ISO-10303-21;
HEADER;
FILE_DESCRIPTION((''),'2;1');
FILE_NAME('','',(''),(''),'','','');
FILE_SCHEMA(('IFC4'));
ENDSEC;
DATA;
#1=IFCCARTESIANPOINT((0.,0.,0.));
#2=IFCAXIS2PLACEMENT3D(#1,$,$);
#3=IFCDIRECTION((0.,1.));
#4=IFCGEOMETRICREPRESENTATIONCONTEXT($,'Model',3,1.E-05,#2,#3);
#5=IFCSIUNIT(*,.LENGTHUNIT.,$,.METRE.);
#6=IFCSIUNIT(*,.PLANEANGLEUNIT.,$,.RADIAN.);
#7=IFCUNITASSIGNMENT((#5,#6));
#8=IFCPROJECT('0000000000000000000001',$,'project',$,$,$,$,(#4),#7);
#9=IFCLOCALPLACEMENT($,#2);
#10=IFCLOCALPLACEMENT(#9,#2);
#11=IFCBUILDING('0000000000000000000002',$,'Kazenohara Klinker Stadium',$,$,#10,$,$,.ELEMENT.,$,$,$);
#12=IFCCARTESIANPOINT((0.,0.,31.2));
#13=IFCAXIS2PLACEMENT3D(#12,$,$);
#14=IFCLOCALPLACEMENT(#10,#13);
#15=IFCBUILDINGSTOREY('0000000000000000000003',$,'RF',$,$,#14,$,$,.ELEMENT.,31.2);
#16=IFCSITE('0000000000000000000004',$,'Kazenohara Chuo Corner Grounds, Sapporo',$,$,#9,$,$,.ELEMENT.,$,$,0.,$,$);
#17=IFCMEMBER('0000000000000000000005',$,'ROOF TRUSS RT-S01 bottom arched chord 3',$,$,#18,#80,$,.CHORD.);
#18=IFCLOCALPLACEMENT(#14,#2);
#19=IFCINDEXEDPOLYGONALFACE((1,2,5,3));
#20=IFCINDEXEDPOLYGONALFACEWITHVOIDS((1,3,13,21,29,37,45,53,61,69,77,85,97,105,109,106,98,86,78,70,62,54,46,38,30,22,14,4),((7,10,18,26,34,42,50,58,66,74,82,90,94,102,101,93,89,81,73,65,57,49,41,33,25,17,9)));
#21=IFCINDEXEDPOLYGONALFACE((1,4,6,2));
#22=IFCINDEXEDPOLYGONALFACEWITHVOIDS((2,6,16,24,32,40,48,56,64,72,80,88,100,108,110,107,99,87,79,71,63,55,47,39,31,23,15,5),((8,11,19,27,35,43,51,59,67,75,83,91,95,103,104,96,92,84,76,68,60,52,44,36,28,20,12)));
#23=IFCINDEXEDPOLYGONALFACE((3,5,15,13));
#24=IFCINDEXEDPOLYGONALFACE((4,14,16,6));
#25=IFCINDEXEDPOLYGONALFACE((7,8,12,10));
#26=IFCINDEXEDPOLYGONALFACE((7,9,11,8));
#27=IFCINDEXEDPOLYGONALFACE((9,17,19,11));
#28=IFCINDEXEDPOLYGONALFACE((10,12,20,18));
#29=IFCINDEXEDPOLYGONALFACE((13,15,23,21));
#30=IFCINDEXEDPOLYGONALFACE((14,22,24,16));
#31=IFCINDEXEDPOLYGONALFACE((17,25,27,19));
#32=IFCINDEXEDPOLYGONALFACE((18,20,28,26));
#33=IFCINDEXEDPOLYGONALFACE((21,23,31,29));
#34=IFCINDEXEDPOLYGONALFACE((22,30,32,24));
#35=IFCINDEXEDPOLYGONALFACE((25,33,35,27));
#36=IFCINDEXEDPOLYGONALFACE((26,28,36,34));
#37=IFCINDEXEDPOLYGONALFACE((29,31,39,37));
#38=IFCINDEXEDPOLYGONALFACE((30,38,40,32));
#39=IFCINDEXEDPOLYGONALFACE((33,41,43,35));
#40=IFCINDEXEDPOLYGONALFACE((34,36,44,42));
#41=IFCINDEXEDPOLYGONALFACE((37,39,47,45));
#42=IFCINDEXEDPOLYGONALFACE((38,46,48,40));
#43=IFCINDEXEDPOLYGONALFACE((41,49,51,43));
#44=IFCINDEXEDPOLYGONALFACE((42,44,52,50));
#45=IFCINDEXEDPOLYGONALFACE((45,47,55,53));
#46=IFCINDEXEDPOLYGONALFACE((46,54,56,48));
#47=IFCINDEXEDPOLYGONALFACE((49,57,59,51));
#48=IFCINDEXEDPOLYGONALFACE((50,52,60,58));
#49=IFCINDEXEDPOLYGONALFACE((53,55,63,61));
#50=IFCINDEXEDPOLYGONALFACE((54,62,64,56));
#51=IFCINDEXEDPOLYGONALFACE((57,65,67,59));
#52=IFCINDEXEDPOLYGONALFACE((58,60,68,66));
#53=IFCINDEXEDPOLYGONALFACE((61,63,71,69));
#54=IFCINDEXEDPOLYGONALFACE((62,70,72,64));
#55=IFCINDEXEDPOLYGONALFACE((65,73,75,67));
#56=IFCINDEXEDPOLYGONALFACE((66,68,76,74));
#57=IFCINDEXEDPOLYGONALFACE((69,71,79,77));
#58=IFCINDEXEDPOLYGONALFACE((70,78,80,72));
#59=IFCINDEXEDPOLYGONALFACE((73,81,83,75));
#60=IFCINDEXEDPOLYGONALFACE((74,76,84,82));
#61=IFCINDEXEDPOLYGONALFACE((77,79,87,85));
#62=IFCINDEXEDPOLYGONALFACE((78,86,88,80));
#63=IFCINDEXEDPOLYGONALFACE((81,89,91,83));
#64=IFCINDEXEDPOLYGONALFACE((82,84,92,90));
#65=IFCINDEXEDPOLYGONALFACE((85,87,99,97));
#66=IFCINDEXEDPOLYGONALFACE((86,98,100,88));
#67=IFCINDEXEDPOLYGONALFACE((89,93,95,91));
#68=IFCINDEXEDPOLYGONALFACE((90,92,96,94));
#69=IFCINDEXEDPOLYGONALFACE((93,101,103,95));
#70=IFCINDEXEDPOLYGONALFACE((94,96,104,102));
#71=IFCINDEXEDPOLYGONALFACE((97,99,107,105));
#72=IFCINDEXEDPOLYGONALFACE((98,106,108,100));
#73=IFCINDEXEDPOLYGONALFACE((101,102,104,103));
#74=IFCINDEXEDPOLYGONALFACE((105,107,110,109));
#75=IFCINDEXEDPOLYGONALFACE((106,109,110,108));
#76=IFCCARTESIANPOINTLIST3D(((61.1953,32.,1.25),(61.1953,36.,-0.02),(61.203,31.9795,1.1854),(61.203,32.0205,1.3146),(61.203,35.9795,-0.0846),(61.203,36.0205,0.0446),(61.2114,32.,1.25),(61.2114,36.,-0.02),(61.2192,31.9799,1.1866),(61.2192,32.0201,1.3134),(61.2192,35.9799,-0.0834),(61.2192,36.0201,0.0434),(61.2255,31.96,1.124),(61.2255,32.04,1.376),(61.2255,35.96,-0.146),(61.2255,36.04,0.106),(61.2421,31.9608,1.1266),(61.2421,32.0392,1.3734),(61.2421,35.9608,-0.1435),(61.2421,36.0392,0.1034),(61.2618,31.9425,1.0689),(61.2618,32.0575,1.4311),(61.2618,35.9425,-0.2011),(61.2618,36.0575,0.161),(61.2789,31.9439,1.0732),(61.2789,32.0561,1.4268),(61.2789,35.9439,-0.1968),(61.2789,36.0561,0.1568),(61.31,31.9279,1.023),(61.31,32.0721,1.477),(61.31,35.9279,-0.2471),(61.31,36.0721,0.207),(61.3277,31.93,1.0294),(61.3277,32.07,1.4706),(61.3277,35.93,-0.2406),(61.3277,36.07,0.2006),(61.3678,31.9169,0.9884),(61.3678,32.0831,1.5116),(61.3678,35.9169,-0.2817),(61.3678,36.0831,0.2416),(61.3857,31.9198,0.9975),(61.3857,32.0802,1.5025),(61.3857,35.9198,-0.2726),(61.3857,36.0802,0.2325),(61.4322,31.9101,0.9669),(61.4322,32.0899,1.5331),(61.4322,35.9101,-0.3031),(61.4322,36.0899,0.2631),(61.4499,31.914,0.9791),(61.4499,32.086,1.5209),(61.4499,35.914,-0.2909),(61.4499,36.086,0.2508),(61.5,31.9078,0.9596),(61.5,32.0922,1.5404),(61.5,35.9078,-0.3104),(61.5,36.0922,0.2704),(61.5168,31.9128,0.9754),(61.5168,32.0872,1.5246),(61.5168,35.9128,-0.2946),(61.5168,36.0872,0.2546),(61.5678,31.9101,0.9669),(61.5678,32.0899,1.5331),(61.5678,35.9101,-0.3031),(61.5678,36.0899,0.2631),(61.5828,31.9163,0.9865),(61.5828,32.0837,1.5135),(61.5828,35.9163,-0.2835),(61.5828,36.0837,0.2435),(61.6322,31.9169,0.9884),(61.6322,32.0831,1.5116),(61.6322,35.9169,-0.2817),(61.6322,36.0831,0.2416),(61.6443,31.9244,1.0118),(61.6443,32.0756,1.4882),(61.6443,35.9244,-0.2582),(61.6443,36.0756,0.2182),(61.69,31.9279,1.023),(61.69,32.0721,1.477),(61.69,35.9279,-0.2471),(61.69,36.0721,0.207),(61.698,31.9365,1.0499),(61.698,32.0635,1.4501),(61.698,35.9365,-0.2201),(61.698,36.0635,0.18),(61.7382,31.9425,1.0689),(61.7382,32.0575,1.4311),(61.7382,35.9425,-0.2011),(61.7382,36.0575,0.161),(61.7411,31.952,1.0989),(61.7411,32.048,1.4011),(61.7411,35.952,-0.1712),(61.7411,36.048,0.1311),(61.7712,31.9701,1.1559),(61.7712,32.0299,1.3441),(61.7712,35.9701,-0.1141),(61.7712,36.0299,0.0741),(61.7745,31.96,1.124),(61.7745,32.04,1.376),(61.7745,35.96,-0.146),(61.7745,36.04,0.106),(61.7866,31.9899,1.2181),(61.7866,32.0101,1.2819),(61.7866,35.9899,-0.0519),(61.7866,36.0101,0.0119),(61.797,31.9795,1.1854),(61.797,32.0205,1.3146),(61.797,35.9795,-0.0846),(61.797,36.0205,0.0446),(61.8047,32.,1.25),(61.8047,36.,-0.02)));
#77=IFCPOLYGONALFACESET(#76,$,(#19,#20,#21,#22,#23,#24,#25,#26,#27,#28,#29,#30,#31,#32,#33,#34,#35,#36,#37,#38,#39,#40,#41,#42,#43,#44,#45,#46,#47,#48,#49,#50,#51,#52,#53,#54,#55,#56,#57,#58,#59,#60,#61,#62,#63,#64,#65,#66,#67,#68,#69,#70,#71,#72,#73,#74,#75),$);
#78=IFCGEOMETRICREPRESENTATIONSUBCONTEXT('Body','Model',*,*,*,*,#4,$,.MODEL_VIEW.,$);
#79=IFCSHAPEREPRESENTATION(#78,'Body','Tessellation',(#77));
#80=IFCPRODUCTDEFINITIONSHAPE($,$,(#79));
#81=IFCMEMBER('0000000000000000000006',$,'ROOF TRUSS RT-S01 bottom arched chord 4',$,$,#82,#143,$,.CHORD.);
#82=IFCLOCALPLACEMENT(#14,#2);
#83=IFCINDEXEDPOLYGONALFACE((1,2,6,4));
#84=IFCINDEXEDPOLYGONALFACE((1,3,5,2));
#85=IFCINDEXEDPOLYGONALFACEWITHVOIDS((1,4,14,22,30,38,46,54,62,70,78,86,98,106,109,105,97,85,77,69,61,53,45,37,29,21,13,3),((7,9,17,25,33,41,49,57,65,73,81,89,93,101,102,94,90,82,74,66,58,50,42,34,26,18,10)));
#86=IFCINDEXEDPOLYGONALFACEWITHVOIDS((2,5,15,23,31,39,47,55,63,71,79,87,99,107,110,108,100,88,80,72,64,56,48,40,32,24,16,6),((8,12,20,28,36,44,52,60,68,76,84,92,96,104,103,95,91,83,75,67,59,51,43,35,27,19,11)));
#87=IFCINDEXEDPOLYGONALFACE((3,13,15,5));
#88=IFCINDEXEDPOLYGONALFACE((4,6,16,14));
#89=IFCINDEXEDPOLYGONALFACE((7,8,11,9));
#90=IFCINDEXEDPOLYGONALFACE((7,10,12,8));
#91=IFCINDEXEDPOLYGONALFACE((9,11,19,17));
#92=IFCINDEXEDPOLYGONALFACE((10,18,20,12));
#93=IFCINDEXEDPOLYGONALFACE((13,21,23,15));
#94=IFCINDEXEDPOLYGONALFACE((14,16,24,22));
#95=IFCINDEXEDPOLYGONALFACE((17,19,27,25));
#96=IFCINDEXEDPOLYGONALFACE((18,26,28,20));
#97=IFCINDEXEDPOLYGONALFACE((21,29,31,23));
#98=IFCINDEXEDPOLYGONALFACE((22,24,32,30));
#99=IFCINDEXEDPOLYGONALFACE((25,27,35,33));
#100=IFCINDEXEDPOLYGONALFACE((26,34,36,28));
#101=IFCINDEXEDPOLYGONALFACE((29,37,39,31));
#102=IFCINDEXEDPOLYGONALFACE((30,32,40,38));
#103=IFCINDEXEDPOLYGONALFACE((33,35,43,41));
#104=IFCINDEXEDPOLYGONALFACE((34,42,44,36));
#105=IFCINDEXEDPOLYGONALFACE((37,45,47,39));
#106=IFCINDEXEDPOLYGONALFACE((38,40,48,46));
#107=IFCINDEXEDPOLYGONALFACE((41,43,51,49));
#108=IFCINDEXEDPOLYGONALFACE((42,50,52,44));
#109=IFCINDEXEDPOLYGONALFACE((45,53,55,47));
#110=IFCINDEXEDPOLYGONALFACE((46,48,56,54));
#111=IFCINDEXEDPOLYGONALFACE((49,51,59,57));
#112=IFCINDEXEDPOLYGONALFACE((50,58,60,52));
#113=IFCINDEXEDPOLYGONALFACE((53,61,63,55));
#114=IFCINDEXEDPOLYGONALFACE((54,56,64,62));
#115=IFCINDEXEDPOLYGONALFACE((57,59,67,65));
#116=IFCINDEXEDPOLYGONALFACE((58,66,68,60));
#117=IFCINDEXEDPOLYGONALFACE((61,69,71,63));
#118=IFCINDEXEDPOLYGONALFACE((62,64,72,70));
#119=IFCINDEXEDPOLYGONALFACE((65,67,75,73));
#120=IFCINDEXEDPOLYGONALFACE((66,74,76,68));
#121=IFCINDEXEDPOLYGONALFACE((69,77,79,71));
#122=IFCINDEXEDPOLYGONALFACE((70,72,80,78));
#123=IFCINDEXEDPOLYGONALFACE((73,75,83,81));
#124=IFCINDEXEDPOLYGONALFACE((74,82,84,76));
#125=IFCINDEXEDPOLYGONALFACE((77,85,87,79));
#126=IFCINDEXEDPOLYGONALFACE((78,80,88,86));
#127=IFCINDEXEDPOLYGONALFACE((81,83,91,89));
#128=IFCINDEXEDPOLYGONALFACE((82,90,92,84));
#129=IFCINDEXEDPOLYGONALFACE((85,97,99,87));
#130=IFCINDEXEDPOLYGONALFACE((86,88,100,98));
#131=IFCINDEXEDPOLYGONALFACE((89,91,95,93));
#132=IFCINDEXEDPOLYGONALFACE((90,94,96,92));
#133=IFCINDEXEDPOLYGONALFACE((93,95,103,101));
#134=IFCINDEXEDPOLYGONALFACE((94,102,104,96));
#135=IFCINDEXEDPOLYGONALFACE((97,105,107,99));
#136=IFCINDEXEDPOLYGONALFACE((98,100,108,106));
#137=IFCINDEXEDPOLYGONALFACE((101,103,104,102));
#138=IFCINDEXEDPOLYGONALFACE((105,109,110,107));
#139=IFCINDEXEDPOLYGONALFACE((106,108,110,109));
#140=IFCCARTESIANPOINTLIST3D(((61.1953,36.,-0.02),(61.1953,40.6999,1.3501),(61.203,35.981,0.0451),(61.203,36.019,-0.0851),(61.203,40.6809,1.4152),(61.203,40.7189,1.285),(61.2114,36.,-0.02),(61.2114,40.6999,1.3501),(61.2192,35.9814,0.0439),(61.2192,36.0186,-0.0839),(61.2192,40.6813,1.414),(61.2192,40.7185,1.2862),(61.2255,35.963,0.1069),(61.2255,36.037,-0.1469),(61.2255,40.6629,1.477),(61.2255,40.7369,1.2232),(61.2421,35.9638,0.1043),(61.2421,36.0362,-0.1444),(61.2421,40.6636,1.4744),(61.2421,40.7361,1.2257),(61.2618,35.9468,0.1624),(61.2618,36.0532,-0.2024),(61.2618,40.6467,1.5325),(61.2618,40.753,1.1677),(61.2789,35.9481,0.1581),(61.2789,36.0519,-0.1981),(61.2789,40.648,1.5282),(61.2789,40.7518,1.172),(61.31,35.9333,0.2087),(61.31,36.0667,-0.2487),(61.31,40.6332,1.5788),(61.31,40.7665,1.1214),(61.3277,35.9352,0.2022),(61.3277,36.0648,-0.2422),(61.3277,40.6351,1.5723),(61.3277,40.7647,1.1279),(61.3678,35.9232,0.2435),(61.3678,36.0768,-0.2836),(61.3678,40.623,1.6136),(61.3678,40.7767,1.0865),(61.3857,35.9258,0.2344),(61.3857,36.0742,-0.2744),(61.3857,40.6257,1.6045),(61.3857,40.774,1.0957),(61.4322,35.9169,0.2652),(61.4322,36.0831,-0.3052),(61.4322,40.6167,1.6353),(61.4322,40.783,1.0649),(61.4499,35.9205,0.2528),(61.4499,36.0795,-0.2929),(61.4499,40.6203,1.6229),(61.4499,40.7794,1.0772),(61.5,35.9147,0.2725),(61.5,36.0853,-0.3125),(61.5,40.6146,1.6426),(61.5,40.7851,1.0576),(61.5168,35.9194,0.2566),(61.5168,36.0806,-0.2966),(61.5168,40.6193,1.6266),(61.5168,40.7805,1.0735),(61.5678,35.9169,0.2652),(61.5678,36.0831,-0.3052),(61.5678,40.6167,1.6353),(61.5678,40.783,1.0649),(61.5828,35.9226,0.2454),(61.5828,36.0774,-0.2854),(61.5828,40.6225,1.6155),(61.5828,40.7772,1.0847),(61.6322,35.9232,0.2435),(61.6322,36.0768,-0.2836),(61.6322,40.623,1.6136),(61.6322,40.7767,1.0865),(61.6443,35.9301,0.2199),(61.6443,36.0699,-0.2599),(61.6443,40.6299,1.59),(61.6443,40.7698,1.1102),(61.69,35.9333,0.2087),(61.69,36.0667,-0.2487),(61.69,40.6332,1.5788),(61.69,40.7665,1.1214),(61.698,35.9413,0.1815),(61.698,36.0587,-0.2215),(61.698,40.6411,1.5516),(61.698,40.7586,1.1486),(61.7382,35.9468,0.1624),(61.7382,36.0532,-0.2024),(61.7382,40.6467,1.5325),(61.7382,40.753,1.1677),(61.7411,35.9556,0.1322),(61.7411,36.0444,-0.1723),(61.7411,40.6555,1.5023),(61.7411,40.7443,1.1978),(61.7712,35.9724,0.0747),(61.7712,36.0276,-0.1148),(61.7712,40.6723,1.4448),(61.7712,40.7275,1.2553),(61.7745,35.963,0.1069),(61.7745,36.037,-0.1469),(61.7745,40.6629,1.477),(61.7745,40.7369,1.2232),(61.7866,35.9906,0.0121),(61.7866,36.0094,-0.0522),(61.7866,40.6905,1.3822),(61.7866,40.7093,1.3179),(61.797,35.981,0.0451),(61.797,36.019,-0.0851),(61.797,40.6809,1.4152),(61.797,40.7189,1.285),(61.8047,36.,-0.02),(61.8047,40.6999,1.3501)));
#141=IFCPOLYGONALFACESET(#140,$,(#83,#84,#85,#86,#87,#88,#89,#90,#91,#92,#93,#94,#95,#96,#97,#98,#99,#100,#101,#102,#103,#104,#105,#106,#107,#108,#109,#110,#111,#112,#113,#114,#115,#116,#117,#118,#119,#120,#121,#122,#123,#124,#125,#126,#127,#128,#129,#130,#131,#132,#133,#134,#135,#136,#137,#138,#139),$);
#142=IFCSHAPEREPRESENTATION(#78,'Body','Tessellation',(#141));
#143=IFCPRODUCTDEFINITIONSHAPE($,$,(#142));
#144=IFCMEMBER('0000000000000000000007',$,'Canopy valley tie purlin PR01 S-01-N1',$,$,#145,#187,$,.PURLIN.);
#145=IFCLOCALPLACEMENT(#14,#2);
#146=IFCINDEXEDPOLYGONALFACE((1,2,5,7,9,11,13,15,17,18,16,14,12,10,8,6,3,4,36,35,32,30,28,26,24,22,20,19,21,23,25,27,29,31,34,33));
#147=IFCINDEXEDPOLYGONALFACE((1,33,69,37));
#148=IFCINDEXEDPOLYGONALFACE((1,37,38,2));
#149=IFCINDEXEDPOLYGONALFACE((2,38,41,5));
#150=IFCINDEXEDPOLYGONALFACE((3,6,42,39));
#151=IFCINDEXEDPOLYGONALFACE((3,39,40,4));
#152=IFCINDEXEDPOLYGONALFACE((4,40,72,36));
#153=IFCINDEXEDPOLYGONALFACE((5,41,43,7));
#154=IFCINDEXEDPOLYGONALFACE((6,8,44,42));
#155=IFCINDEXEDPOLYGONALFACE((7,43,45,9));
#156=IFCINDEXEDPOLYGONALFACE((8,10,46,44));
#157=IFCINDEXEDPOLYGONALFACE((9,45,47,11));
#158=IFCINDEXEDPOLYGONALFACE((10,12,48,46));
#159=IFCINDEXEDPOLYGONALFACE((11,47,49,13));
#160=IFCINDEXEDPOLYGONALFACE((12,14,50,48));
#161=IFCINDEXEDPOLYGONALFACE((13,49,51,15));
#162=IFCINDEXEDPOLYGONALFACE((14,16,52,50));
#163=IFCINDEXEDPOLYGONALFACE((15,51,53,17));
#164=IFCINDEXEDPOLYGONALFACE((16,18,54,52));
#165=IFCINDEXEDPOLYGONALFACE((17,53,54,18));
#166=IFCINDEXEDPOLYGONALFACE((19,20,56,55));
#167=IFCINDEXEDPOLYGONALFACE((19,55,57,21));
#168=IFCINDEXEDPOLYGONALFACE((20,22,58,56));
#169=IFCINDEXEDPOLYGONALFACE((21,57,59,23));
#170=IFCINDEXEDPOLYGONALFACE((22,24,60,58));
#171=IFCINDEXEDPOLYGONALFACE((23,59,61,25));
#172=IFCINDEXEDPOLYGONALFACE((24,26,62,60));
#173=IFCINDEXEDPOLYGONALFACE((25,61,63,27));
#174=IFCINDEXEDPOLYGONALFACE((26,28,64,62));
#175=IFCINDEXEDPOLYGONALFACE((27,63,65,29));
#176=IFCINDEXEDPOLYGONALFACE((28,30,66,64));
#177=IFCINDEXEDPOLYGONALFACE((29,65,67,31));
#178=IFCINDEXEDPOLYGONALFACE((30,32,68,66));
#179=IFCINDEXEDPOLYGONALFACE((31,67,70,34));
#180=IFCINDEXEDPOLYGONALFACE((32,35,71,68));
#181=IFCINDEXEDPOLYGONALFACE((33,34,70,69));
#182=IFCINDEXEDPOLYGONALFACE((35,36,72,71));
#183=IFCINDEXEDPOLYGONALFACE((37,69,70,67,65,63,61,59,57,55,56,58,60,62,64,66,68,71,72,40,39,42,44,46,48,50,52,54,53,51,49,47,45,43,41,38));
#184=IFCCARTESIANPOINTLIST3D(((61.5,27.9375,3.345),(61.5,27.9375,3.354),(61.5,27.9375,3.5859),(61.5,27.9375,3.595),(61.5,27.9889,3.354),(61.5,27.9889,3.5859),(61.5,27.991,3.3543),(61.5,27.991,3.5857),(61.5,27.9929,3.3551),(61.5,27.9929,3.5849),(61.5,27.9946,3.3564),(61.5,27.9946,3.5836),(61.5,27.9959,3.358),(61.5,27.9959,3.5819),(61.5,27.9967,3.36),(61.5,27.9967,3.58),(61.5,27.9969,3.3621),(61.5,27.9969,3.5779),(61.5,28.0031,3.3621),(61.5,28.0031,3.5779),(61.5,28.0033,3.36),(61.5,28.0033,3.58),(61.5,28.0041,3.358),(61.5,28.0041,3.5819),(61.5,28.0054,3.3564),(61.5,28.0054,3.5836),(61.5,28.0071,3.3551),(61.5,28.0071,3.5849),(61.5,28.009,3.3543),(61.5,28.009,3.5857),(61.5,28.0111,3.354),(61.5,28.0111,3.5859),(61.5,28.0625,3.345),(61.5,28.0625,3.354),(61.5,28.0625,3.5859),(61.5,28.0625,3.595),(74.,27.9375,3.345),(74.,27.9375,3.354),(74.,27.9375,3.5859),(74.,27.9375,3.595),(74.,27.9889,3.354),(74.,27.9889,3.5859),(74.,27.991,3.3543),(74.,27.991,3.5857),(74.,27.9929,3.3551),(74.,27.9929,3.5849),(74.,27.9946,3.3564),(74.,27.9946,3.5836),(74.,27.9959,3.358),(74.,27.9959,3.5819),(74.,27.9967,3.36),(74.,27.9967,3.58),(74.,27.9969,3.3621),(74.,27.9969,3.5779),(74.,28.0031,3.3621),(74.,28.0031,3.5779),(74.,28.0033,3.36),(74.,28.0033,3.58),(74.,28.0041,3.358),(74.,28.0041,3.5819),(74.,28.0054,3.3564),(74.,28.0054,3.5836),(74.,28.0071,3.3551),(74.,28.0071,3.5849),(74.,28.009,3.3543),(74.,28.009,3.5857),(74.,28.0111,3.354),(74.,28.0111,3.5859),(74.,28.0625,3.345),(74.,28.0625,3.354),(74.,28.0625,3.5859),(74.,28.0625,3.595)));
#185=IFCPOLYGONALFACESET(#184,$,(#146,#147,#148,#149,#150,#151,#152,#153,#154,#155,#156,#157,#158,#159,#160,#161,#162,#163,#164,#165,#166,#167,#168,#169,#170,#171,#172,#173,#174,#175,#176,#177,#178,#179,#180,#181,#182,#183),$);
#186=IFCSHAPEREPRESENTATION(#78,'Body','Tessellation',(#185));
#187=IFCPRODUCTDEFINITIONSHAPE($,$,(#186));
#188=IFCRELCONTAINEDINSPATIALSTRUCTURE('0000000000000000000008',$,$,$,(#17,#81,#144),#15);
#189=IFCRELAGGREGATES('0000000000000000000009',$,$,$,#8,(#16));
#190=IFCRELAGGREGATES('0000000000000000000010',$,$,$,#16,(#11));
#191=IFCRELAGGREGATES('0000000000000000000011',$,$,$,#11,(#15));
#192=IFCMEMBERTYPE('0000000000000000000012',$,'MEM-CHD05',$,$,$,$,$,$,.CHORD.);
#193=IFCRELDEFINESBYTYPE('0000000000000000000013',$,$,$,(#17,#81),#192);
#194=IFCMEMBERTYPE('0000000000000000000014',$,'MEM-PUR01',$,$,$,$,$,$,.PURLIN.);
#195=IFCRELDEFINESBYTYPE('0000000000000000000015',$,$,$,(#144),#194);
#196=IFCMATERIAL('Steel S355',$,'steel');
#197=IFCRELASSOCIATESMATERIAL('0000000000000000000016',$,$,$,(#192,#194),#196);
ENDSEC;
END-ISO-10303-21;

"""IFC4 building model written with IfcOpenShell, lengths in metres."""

from ifc_helpers import new_model, si_unit, direction, frame, origin, origin_2d, place, context, subcontext, project, spatial, hollow_circle, i_section, extrude, material, material_profile, profile_set, type_object, element, save


model = new_model("IFC4")

# Units and contexts
model_context = context("Model", 3, precision=1e-05, world=origin(), true_north=direction((0.0, 1.0)))
body_context = subcontext(model_context, "Body", "Model", "MODEL_VIEW")
ifc_project = project(units=[si_unit("LENGTHUNIT", "METRE"), si_unit("PLANEANGLEUNIT", "RADIAN")], contexts=[model_context])

# Site, building, storey
site_placement = place(None, origin())
site = spatial("IfcSite", under=ifc_project, at=site_placement, Name="Kazenohara Chuo Corner Grounds, Sapporo", CompositionType="ELEMENT", RefElevation=0.0)
building_placement = place(site_placement, origin())
building = spatial("IfcBuilding", under=site, at=building_placement, Name="Kazenohara Klinker Stadium", CompositionType="ELEMENT")
storey_placement = place(building_placement, frame((0.0, 0.0, 31.2)))
storey = spatial("IfcBuildingStorey", under=building, at=storey_placement, Name="RF", CompositionType="ELEMENT", Elevation=31.2)

# Members
ifc_material_1 = material(Name="Steel S355", Category="steel")
ifc_material_profile_1 = material_profile(ifc_material_1, hollow_circle(Radius=0.3047, WallThickness=0.0161, at=origin_2d()), Name="CHS-609.6x16")
ifc_profile_set_1 = profile_set([ifc_material_profile_1], Name="Steel S355")
member_type_1 = type_object("IfcMemberType", Name="MEM-CHD05", PredefinedType="CHORD", material=ifc_profile_set_1)
member_1_placement = place(storey_placement, frame((61.5, 32.0, 1.25), z_axis=(0.0, 0.953112, -0.302618), x_axis=(-1.0, 0.0, 0.0)))
element("IfcMember", 1, at=member_1_placement, inside=storey, type_object=member_type_1, Name="ROOF TRUSS RT-S01 bottom arched chord 3", PredefinedType="CHORD", context=body_context, shape_type="SweptSolid", body=[
    extrude(hollow_circle(Radius=0.3047, WallThickness=0.0161, at=origin_2d()), origin(), (0.0, 0.0, 1.0), 4.1968),
])
member_2_placement = place(storey_placement, frame((61.5, 36.0, -0.02), z_axis=(0.0, 0.960039, 0.279868), x_axis=(-1.0, 0.0, 0.0)))
element("IfcMember", 2, at=member_2_placement, inside=storey, type_object=member_type_1, Name="ROOF TRUSS RT-S01 bottom arched chord 4", PredefinedType="CHORD", context=body_context, shape_type="SweptSolid", body=[
    extrude(hollow_circle(Radius=0.3047, WallThickness=0.0161, at=origin_2d()), origin(), (0.0, 0.0, 1.0), 4.8955),
])
ifc_material_profile_2 = material_profile(ifc_material_1, i_section(OverallWidth=0.125, OverallDepth=0.25, WebThickness=0.0061, FlangeThickness=0.009, FilletRadius=0.0081, at=origin_2d()), Name="H-250x125x6x9")
ifc_profile_set_2 = profile_set([ifc_material_profile_2], Name="Steel S355")
member_type_2 = type_object("IfcMemberType", Name="MEM-PUR01", PredefinedType="PURLIN", material=ifc_profile_set_2)
member_3_placement = place(storey_placement, frame((61.5, 28.0, 3.47), z_axis=(1.0, 0.0, 0.0), x_axis=(0.0, 1.0, 0.0)))
element("IfcMember", 3, at=member_3_placement, inside=storey, type_object=member_type_2, Name="Canopy valley tie purlin PR01 S-01-N1", PredefinedType="PURLIN", context=body_context, shape_type="SweptSolid", body=[
    extrude(i_section(OverallWidth=0.125, OverallDepth=0.25, WebThickness=0.0061, FlangeThickness=0.009, FilletRadius=0.0081, at=origin_2d()), origin(), (0.0, 0.0, 1.0), 12.5),
])

save(model, "model.ifc")
